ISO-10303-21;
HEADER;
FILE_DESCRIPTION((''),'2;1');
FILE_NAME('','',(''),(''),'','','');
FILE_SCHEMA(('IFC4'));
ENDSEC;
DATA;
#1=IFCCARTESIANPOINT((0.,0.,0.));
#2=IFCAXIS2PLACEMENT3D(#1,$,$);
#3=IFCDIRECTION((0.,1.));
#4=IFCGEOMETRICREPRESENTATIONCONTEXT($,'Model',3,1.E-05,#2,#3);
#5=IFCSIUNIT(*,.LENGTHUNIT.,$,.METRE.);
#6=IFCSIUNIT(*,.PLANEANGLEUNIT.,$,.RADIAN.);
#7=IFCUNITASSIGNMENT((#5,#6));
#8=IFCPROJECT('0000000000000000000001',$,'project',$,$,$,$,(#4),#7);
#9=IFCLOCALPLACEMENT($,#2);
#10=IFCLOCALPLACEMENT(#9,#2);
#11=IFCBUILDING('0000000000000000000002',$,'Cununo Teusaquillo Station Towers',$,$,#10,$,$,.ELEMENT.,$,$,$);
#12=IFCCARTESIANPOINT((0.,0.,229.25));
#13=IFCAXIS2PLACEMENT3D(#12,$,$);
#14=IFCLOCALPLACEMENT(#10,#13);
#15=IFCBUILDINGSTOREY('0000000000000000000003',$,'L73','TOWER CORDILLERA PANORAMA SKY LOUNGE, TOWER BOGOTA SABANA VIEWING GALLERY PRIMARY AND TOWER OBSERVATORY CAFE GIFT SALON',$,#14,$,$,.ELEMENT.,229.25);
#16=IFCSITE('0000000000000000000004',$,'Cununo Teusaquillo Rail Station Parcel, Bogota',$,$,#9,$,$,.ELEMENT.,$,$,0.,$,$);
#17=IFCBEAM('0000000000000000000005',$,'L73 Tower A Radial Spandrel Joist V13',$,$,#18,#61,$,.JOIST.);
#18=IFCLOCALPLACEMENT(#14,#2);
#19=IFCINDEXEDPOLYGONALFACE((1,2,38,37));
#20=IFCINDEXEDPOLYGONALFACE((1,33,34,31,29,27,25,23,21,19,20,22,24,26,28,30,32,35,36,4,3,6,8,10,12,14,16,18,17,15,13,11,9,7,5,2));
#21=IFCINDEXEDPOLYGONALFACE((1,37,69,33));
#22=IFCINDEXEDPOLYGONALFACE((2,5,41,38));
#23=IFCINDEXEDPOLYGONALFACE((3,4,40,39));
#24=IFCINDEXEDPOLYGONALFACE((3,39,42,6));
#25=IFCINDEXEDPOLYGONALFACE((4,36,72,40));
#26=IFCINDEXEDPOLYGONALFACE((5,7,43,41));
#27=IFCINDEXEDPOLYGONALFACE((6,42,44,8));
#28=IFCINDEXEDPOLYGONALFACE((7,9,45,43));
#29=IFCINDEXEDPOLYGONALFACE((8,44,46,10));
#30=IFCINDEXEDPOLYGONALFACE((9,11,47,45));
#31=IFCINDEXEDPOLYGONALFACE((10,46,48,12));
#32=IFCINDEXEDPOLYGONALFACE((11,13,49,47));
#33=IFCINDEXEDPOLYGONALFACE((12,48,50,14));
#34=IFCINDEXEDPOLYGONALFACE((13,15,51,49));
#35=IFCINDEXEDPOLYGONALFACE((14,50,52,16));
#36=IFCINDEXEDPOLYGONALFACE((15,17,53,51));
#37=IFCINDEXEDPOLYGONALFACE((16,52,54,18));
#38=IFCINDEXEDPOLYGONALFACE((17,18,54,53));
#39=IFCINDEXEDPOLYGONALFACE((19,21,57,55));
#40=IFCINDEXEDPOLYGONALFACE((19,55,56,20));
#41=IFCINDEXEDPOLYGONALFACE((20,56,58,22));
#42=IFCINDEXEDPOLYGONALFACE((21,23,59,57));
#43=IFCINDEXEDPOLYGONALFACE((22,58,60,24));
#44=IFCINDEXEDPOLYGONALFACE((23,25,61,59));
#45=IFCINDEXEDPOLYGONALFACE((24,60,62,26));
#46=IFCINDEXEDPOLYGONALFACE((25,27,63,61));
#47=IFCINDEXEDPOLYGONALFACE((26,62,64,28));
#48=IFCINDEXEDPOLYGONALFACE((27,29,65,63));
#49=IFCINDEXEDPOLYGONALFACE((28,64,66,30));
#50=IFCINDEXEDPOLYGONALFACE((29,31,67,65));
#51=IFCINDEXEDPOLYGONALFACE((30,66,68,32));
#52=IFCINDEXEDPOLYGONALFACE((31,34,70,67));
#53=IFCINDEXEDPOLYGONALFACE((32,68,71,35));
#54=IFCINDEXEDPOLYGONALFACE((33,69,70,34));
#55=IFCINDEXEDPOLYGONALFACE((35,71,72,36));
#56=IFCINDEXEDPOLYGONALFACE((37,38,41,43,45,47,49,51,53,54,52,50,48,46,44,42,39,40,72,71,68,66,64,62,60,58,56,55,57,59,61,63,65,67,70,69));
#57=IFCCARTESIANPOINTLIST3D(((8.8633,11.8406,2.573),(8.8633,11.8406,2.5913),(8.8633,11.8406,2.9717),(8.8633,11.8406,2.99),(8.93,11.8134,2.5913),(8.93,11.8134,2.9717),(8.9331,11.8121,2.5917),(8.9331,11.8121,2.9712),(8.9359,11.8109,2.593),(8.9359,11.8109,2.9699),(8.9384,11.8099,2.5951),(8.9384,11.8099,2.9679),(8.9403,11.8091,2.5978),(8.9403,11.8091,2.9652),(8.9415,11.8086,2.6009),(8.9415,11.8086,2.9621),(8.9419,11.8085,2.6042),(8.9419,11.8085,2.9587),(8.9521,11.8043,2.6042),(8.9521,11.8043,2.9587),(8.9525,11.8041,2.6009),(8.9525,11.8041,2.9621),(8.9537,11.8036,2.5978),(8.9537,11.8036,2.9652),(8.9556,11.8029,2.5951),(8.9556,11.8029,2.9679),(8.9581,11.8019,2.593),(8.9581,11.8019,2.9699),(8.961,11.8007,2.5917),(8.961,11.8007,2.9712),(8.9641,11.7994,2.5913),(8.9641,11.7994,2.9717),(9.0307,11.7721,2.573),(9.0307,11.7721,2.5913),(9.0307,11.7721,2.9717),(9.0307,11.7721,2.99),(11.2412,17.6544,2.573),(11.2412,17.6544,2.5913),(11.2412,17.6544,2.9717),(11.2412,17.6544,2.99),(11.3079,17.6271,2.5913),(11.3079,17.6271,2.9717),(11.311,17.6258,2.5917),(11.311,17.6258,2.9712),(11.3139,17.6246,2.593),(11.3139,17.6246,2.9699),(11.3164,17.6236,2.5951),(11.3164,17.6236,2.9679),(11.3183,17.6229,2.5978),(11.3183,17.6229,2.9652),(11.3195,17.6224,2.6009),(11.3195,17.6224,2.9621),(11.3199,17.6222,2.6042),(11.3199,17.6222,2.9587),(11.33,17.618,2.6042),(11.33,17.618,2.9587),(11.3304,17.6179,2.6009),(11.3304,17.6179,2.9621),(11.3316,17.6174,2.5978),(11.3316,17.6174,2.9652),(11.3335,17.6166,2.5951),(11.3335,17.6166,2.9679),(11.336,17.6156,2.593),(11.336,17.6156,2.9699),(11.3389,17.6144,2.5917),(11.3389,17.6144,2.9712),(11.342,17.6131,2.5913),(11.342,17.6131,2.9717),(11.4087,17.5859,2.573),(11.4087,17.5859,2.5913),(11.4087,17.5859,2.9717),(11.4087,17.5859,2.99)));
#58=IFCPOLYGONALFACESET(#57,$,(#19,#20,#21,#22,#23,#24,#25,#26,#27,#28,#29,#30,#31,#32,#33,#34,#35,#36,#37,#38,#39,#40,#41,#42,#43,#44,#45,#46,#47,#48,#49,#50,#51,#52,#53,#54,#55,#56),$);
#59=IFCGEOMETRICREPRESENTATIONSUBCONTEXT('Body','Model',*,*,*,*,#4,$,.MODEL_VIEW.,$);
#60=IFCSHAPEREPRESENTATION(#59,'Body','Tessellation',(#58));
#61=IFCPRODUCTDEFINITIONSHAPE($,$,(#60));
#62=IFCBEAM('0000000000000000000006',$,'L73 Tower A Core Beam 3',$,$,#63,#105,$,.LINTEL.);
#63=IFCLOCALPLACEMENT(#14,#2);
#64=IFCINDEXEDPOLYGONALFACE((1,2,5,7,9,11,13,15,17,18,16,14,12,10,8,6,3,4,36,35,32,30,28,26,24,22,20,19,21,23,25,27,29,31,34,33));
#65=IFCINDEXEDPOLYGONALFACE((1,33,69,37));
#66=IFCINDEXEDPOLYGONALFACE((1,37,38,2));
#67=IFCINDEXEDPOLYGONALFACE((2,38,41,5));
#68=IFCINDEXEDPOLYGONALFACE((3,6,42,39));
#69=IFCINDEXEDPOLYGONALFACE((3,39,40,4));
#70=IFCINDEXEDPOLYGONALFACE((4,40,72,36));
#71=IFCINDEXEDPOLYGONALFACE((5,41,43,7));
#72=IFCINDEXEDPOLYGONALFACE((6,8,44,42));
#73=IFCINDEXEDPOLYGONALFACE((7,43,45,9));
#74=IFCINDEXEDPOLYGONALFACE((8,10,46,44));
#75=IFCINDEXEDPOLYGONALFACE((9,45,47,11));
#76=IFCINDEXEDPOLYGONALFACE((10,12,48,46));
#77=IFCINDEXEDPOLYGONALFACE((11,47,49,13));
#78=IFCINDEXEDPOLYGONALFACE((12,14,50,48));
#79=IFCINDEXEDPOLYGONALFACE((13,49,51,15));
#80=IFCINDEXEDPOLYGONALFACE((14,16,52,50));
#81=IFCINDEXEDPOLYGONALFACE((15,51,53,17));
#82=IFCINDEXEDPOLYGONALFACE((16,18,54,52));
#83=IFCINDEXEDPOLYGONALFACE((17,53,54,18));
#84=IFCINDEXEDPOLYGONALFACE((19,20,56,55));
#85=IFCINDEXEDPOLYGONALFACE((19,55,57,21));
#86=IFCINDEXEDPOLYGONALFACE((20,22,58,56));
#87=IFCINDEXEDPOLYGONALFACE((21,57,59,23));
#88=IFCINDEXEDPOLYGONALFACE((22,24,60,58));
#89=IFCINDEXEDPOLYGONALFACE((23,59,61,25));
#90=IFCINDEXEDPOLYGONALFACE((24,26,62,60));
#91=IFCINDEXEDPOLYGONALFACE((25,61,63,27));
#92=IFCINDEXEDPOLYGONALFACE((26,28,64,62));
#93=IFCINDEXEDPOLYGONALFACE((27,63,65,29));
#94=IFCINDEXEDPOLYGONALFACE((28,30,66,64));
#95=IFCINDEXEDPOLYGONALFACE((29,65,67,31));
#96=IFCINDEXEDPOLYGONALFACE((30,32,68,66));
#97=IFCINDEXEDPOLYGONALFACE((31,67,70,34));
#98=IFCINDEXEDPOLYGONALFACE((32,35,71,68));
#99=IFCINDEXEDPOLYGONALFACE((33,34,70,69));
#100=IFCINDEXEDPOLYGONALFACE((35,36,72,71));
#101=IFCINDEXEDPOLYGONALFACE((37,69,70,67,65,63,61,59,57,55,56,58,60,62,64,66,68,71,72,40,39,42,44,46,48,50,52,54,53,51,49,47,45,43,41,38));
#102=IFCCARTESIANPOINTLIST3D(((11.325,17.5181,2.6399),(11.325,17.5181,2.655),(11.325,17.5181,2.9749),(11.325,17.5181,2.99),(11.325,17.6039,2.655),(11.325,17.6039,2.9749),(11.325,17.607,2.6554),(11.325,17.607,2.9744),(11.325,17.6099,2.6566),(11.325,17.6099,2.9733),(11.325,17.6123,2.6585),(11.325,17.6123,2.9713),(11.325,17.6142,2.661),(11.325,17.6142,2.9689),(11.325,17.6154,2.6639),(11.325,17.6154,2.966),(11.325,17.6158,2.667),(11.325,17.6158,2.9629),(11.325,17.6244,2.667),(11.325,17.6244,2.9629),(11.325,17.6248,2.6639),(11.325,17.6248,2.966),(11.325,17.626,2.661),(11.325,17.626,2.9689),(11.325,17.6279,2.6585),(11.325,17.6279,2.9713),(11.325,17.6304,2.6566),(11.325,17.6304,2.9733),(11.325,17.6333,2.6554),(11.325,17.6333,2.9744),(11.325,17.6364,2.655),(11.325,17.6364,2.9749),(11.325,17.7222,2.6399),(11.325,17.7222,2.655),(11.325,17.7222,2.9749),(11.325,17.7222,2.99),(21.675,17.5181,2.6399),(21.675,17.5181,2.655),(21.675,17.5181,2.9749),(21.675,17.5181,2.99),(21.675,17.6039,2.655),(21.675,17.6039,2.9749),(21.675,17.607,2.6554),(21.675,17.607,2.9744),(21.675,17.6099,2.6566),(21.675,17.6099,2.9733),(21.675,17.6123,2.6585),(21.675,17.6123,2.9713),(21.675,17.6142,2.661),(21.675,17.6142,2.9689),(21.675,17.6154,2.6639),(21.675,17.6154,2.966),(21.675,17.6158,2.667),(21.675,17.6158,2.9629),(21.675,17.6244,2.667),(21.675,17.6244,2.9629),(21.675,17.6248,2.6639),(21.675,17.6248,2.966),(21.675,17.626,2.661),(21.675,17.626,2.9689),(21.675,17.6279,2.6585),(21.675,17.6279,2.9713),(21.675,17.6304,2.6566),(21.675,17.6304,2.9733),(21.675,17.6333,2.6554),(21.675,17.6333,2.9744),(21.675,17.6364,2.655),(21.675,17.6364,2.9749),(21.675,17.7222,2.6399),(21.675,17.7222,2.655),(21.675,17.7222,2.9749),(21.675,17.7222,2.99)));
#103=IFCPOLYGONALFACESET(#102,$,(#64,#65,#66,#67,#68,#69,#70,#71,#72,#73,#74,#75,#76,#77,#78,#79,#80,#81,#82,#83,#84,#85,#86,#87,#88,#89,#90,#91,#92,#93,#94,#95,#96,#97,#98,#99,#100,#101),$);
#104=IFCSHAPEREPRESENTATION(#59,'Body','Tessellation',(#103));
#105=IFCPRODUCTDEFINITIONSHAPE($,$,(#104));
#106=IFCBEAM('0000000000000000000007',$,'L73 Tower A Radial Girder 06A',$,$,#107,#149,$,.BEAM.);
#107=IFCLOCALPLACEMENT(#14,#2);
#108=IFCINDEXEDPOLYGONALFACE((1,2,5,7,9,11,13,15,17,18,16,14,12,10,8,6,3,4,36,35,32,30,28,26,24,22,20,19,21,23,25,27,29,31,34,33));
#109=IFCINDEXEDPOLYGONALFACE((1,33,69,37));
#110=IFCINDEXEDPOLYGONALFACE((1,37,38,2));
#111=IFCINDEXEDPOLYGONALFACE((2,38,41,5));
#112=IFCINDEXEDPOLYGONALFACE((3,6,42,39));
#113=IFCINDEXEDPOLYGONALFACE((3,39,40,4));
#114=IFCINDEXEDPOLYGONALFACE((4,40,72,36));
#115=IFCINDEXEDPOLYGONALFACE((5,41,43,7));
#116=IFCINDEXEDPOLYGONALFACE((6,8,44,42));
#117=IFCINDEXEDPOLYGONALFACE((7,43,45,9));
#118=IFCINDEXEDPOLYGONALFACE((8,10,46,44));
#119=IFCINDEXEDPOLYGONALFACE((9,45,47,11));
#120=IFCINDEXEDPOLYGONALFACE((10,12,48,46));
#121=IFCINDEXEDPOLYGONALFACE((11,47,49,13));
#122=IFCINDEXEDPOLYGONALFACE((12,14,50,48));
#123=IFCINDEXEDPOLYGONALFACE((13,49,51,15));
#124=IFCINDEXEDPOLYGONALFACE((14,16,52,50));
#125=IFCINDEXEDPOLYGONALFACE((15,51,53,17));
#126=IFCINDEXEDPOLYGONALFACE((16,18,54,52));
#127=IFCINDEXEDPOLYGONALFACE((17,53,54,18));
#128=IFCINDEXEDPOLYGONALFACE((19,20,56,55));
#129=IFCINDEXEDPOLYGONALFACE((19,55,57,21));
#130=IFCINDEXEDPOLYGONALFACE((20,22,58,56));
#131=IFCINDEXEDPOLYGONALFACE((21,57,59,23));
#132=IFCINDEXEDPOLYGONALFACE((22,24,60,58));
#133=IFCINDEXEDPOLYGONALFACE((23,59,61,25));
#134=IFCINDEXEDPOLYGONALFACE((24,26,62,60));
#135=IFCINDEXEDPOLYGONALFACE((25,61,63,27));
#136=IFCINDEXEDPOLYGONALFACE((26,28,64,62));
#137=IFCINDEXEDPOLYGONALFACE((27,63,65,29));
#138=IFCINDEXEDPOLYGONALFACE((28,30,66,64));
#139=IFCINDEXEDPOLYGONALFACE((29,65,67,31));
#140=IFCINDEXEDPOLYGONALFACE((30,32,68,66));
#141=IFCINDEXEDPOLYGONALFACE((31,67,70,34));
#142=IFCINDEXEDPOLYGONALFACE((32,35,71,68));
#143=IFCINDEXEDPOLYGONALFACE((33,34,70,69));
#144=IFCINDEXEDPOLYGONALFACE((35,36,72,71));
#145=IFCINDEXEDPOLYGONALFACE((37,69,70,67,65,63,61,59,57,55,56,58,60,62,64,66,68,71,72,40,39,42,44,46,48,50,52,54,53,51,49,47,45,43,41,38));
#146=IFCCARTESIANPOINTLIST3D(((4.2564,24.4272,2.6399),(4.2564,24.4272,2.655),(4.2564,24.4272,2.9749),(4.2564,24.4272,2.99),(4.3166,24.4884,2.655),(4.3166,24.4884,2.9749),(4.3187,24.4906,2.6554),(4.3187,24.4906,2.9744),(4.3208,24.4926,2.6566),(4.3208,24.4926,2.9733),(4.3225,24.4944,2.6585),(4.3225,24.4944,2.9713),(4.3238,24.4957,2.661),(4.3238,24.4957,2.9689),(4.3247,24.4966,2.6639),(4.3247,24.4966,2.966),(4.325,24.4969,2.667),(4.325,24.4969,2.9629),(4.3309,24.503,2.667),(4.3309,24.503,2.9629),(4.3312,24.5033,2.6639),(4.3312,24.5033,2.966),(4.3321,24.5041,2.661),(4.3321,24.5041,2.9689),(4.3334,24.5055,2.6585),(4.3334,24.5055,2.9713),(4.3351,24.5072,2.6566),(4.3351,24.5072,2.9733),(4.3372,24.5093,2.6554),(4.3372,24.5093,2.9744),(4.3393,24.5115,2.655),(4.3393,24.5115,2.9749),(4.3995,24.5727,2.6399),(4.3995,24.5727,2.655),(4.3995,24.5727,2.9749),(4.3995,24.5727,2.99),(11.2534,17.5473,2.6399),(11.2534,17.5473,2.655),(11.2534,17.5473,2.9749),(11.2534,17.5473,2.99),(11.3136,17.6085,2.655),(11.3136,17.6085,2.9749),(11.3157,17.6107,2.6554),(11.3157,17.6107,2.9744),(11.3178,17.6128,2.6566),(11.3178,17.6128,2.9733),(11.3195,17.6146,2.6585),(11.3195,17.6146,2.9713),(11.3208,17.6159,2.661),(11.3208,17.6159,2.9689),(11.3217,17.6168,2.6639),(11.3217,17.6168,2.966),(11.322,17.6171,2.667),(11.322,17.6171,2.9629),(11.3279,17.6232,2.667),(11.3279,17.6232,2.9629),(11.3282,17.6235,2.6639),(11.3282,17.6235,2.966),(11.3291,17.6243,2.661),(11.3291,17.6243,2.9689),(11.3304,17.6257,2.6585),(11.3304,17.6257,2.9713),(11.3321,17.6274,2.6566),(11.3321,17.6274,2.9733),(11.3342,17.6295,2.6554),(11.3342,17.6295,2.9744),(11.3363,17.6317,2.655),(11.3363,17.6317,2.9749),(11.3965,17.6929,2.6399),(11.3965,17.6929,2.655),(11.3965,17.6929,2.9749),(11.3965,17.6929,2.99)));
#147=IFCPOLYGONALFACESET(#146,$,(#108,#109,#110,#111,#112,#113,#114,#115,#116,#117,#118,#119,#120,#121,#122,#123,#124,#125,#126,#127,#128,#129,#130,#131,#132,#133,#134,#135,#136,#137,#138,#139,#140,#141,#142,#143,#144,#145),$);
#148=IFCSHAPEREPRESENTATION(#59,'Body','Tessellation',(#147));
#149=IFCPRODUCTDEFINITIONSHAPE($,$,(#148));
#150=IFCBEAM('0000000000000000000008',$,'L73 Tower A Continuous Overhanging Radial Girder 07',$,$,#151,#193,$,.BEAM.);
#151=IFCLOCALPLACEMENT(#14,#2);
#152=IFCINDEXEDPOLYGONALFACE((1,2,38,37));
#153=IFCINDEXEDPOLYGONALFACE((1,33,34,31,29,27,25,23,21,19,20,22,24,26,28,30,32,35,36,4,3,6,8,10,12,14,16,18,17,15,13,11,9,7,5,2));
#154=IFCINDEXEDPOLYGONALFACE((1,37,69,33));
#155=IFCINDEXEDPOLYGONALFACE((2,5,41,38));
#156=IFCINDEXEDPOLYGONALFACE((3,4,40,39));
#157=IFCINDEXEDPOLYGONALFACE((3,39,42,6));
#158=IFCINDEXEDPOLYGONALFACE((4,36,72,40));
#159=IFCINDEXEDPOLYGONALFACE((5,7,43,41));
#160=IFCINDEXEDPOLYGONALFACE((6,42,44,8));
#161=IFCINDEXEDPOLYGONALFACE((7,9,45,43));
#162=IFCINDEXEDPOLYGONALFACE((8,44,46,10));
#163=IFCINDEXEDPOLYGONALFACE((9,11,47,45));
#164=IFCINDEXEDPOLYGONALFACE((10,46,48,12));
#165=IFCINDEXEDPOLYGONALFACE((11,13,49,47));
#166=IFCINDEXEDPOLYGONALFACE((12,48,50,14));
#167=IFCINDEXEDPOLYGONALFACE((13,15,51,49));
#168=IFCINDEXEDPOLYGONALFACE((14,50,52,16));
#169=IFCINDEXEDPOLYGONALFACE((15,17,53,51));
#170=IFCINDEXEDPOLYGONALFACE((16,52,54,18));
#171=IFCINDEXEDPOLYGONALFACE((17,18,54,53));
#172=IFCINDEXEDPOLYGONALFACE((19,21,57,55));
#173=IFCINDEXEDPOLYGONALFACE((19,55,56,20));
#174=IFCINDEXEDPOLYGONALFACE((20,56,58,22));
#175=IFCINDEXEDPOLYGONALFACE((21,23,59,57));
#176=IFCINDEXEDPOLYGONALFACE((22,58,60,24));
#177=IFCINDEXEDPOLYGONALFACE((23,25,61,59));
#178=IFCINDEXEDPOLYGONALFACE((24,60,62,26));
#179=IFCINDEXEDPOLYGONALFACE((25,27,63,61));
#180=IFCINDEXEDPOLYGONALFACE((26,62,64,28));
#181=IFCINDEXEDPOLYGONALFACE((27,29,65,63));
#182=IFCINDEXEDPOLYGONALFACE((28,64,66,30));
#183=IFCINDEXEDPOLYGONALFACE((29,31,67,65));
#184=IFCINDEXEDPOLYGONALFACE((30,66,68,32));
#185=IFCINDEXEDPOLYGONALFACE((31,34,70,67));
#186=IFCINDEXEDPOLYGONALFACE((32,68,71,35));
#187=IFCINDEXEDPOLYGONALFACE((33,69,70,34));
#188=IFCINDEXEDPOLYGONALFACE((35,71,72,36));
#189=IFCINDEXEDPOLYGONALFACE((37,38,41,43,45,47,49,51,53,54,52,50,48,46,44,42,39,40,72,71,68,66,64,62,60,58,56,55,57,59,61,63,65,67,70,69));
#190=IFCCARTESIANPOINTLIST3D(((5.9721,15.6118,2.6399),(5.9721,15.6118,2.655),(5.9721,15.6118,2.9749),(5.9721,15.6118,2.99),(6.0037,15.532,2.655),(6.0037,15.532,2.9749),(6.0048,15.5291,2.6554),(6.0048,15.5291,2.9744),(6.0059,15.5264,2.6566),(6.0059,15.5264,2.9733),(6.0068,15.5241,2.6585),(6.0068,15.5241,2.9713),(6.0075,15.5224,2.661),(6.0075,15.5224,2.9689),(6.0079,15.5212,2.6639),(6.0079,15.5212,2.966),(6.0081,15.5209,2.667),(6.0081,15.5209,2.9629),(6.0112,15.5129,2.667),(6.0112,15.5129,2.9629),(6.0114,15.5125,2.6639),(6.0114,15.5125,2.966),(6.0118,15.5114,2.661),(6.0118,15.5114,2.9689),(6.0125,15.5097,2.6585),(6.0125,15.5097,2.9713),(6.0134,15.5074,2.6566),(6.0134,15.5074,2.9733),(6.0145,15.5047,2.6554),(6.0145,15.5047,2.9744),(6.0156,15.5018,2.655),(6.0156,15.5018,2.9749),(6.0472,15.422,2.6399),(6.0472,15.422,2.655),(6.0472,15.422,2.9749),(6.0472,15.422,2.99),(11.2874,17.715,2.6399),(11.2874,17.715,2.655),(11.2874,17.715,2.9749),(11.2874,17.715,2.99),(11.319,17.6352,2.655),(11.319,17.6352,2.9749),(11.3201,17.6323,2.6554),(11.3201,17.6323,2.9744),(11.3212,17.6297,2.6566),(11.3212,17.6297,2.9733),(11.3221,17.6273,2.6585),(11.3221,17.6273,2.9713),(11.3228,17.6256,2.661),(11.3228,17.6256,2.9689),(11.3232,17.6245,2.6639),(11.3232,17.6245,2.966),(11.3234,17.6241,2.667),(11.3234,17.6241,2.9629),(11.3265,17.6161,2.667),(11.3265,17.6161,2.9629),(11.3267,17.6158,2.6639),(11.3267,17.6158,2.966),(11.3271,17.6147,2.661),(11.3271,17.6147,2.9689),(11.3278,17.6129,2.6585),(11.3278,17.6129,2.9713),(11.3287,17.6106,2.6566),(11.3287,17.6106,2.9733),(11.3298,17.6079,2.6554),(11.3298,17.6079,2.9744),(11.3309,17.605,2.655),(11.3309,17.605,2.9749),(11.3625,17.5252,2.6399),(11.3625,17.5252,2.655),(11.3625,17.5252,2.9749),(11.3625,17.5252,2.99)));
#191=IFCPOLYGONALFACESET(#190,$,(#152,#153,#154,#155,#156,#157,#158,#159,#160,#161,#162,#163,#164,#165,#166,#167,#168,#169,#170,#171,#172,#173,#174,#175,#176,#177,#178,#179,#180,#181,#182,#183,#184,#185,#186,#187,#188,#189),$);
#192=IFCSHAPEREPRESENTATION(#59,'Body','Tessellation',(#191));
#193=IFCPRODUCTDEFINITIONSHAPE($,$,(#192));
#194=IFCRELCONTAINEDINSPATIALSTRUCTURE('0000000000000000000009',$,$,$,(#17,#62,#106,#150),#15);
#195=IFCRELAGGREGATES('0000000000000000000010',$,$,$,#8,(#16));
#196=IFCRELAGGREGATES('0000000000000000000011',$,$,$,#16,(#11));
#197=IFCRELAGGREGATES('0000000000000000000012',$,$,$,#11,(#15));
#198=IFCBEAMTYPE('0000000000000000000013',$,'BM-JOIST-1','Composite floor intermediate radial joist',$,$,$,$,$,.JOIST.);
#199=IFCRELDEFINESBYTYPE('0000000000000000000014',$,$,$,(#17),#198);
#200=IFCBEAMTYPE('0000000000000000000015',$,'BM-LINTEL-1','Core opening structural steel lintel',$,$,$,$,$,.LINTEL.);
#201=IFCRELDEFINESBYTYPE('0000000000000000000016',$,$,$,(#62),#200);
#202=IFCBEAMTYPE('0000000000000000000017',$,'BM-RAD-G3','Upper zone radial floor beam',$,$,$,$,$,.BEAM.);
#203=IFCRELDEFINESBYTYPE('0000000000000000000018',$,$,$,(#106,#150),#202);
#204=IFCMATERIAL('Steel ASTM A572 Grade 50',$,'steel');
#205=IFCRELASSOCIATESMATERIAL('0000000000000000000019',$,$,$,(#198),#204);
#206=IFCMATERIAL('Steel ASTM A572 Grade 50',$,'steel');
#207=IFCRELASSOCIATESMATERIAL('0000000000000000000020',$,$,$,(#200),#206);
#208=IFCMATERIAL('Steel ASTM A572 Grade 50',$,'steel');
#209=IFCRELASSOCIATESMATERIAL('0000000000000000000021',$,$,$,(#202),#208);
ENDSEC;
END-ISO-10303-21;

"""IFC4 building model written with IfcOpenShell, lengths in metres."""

from ifc_helpers import new_model, si_unit, direction, frame, origin, origin_2d, place, context, subcontext, project, spatial, i_section, extrude, material, material_profile, profile_set, type_object, element, save


model = new_model("IFC4")

# Units and contexts
model_context = context("Model", 3, precision=1e-05, world=origin(), true_north=direction((0.0, 1.0)))
body_context = subcontext(model_context, "Body", "Model", "MODEL_VIEW")
ifc_project = project(units=[si_unit("LENGTHUNIT", "METRE"), si_unit("PLANEANGLEUNIT", "RADIAN")], contexts=[model_context])

# Site, building, storey
site_placement = place(None, origin())
site = spatial("IfcSite", under=ifc_project, at=site_placement, Name="Cununo Teusaquillo Rail Station Parcel, Bogota", CompositionType="ELEMENT", RefElevation=0.0)
building_placement = place(site_placement, origin())
building = spatial("IfcBuilding", under=site, at=building_placement, Name="Cununo Teusaquillo Station Towers", CompositionType="ELEMENT")
storey_placement = place(building_placement, frame((0.0, 0.0, 229.25)))
storey = spatial("IfcBuildingStorey", under=building, at=storey_placement, Name="L73", Description="TOWER CORDILLERA PANORAMA SKY LOUNGE, TOWER BOGOTA SABANA VIEWING GALLERY PRIMARY AND TOWER OBSERVATORY CAFE GIFT SALON", CompositionType="ELEMENT", Elevation=229.25)

# Beams
ifc_material_1 = material(Name="Steel ASTM A572 Grade 50", Category="steel")
ifc_material_profile_1 = material_profile(ifc_material_1, i_section(OverallWidth=0.1809, OverallDepth=0.417, WebThickness=0.011, FlangeThickness=0.0183, FilletRadius=0.0129, at=origin_2d()), Name="W16X57")
ifc_profile_set_1 = profile_set([ifc_material_profile_1], Name="Steel ASTM A572 Grade 50")
beam_type_1 = type_object("IfcBeamType", Name="BM-JOIST-1", Description="Composite floor intermediate radial joist", PredefinedType="JOIST", material=ifc_profile_set_1)
beam_1_placement = place(storey_placement, frame((11.325, 17.6201, 2.7815), z_axis=(-0.378577, -0.92557, 0.0), x_axis=(0.92557, -0.378577, 0.0)))
element("IfcBeam", 1, at=beam_1_placement, inside=storey, type_object=beam_type_1, Name="L73 Tower A Radial Spandrel Joist V13", PredefinedType="JOIST", context=body_context, shape_type="SweptSolid", body=[
    extrude(i_section(OverallWidth=0.1809, OverallDepth=0.417, WebThickness=0.011, FlangeThickness=0.0183, FilletRadius=0.0129, at=origin_2d()), origin(), (0.0, 0.0, 1.0), 6.2812),
])
ifc_material_2 = material(Name="Steel ASTM A572 Grade 50", Category="steel")
ifc_material_profile_2 = material_profile(ifc_material_2, i_section(OverallWidth=0.2041, OverallDepth=0.3501, WebThickness=0.0085, FlangeThickness=0.0151, FilletRadius=0.012, at=origin_2d()), Name="W14X48")
ifc_profile_set_2 = profile_set([ifc_material_profile_2], Name="Steel ASTM A572 Grade 50")
beam_type_2 = type_object("IfcBeamType", Name="BM-LINTEL-1", Description="Core opening structural steel lintel", PredefinedType="LINTEL", material=ifc_profile_set_2)
beam_2_placement = place(storey_placement, frame((11.325, 17.6201, 2.8149), z_axis=(1.0, 0.0, 0.0), x_axis=(0.0, 1.0, 0.0)))
element("IfcBeam", 2, at=beam_2_placement, inside=storey, type_object=beam_type_2, Name="L73 Tower A Core Beam 3", PredefinedType="LINTEL", context=body_context, shape_type="SweptSolid", body=[
    extrude(i_section(OverallWidth=0.2041, OverallDepth=0.3501, WebThickness=0.0085, FlangeThickness=0.0151, FilletRadius=0.012, at=origin_2d()), origin(), (0.0, 0.0, 1.0), 10.3501),
])
ifc_material_3 = material(Name="Steel ASTM A572 Grade 50", Category="steel")
ifc_material_profile_3 = material_profile(ifc_material_3, i_section(OverallWidth=0.2041, OverallDepth=0.3501, WebThickness=0.0085, FlangeThickness=0.0151, FilletRadius=0.012, at=origin_2d()), Name="W14X48")
ifc_profile_set_3 = profile_set([ifc_material_profile_3], Name="Steel ASTM A572 Grade 50")
beam_type_3 = type_object("IfcBeamType", Name="BM-RAD-G3", Description="Upper zone radial floor beam", PredefinedType="BEAM", material=ifc_profile_set_3)
beam_3_placement = place(storey_placement, frame((11.325, 17.6201, 2.8149), z_axis=(-0.713053, 0.70111, 0.0), x_axis=(-0.70111, -0.713053, 0.0)))
element("IfcBeam", 3, at=beam_3_placement, inside=storey, type_object=beam_type_3, Name="L73 Tower A Radial Girder 06A", PredefinedType="BEAM", context=body_context, shape_type="SweptSolid", body=[
    extrude(i_section(OverallWidth=0.2041, OverallDepth=0.3501, WebThickness=0.0085, FlangeThickness=0.0151, FilletRadius=0.012, at=origin_2d()), origin(), (0.0, 0.0, 1.0), 9.8127),
])
beam_4_placement = place(storey_placement, frame((11.325, 17.6201, 2.8149), z_axis=(-0.929852, -0.367935, 0.0), x_axis=(0.367935, -0.929852, 0.0)))
element("IfcBeam", 4, at=beam_4_placement, inside=storey, type_object=beam_type_3, Name="L73 Tower A Continuous Overhanging Radial Girder 07", PredefinedType="BEAM", context=body_context, shape_type="SweptSolid", body=[
    extrude(i_section(OverallWidth=0.2041, OverallDepth=0.3501, WebThickness=0.0085, FlangeThickness=0.0151, FilletRadius=0.012, at=origin_2d()), origin(), (0.0, 0.0, 1.0), 5.7163),
])

save(model, "model.ifc")
